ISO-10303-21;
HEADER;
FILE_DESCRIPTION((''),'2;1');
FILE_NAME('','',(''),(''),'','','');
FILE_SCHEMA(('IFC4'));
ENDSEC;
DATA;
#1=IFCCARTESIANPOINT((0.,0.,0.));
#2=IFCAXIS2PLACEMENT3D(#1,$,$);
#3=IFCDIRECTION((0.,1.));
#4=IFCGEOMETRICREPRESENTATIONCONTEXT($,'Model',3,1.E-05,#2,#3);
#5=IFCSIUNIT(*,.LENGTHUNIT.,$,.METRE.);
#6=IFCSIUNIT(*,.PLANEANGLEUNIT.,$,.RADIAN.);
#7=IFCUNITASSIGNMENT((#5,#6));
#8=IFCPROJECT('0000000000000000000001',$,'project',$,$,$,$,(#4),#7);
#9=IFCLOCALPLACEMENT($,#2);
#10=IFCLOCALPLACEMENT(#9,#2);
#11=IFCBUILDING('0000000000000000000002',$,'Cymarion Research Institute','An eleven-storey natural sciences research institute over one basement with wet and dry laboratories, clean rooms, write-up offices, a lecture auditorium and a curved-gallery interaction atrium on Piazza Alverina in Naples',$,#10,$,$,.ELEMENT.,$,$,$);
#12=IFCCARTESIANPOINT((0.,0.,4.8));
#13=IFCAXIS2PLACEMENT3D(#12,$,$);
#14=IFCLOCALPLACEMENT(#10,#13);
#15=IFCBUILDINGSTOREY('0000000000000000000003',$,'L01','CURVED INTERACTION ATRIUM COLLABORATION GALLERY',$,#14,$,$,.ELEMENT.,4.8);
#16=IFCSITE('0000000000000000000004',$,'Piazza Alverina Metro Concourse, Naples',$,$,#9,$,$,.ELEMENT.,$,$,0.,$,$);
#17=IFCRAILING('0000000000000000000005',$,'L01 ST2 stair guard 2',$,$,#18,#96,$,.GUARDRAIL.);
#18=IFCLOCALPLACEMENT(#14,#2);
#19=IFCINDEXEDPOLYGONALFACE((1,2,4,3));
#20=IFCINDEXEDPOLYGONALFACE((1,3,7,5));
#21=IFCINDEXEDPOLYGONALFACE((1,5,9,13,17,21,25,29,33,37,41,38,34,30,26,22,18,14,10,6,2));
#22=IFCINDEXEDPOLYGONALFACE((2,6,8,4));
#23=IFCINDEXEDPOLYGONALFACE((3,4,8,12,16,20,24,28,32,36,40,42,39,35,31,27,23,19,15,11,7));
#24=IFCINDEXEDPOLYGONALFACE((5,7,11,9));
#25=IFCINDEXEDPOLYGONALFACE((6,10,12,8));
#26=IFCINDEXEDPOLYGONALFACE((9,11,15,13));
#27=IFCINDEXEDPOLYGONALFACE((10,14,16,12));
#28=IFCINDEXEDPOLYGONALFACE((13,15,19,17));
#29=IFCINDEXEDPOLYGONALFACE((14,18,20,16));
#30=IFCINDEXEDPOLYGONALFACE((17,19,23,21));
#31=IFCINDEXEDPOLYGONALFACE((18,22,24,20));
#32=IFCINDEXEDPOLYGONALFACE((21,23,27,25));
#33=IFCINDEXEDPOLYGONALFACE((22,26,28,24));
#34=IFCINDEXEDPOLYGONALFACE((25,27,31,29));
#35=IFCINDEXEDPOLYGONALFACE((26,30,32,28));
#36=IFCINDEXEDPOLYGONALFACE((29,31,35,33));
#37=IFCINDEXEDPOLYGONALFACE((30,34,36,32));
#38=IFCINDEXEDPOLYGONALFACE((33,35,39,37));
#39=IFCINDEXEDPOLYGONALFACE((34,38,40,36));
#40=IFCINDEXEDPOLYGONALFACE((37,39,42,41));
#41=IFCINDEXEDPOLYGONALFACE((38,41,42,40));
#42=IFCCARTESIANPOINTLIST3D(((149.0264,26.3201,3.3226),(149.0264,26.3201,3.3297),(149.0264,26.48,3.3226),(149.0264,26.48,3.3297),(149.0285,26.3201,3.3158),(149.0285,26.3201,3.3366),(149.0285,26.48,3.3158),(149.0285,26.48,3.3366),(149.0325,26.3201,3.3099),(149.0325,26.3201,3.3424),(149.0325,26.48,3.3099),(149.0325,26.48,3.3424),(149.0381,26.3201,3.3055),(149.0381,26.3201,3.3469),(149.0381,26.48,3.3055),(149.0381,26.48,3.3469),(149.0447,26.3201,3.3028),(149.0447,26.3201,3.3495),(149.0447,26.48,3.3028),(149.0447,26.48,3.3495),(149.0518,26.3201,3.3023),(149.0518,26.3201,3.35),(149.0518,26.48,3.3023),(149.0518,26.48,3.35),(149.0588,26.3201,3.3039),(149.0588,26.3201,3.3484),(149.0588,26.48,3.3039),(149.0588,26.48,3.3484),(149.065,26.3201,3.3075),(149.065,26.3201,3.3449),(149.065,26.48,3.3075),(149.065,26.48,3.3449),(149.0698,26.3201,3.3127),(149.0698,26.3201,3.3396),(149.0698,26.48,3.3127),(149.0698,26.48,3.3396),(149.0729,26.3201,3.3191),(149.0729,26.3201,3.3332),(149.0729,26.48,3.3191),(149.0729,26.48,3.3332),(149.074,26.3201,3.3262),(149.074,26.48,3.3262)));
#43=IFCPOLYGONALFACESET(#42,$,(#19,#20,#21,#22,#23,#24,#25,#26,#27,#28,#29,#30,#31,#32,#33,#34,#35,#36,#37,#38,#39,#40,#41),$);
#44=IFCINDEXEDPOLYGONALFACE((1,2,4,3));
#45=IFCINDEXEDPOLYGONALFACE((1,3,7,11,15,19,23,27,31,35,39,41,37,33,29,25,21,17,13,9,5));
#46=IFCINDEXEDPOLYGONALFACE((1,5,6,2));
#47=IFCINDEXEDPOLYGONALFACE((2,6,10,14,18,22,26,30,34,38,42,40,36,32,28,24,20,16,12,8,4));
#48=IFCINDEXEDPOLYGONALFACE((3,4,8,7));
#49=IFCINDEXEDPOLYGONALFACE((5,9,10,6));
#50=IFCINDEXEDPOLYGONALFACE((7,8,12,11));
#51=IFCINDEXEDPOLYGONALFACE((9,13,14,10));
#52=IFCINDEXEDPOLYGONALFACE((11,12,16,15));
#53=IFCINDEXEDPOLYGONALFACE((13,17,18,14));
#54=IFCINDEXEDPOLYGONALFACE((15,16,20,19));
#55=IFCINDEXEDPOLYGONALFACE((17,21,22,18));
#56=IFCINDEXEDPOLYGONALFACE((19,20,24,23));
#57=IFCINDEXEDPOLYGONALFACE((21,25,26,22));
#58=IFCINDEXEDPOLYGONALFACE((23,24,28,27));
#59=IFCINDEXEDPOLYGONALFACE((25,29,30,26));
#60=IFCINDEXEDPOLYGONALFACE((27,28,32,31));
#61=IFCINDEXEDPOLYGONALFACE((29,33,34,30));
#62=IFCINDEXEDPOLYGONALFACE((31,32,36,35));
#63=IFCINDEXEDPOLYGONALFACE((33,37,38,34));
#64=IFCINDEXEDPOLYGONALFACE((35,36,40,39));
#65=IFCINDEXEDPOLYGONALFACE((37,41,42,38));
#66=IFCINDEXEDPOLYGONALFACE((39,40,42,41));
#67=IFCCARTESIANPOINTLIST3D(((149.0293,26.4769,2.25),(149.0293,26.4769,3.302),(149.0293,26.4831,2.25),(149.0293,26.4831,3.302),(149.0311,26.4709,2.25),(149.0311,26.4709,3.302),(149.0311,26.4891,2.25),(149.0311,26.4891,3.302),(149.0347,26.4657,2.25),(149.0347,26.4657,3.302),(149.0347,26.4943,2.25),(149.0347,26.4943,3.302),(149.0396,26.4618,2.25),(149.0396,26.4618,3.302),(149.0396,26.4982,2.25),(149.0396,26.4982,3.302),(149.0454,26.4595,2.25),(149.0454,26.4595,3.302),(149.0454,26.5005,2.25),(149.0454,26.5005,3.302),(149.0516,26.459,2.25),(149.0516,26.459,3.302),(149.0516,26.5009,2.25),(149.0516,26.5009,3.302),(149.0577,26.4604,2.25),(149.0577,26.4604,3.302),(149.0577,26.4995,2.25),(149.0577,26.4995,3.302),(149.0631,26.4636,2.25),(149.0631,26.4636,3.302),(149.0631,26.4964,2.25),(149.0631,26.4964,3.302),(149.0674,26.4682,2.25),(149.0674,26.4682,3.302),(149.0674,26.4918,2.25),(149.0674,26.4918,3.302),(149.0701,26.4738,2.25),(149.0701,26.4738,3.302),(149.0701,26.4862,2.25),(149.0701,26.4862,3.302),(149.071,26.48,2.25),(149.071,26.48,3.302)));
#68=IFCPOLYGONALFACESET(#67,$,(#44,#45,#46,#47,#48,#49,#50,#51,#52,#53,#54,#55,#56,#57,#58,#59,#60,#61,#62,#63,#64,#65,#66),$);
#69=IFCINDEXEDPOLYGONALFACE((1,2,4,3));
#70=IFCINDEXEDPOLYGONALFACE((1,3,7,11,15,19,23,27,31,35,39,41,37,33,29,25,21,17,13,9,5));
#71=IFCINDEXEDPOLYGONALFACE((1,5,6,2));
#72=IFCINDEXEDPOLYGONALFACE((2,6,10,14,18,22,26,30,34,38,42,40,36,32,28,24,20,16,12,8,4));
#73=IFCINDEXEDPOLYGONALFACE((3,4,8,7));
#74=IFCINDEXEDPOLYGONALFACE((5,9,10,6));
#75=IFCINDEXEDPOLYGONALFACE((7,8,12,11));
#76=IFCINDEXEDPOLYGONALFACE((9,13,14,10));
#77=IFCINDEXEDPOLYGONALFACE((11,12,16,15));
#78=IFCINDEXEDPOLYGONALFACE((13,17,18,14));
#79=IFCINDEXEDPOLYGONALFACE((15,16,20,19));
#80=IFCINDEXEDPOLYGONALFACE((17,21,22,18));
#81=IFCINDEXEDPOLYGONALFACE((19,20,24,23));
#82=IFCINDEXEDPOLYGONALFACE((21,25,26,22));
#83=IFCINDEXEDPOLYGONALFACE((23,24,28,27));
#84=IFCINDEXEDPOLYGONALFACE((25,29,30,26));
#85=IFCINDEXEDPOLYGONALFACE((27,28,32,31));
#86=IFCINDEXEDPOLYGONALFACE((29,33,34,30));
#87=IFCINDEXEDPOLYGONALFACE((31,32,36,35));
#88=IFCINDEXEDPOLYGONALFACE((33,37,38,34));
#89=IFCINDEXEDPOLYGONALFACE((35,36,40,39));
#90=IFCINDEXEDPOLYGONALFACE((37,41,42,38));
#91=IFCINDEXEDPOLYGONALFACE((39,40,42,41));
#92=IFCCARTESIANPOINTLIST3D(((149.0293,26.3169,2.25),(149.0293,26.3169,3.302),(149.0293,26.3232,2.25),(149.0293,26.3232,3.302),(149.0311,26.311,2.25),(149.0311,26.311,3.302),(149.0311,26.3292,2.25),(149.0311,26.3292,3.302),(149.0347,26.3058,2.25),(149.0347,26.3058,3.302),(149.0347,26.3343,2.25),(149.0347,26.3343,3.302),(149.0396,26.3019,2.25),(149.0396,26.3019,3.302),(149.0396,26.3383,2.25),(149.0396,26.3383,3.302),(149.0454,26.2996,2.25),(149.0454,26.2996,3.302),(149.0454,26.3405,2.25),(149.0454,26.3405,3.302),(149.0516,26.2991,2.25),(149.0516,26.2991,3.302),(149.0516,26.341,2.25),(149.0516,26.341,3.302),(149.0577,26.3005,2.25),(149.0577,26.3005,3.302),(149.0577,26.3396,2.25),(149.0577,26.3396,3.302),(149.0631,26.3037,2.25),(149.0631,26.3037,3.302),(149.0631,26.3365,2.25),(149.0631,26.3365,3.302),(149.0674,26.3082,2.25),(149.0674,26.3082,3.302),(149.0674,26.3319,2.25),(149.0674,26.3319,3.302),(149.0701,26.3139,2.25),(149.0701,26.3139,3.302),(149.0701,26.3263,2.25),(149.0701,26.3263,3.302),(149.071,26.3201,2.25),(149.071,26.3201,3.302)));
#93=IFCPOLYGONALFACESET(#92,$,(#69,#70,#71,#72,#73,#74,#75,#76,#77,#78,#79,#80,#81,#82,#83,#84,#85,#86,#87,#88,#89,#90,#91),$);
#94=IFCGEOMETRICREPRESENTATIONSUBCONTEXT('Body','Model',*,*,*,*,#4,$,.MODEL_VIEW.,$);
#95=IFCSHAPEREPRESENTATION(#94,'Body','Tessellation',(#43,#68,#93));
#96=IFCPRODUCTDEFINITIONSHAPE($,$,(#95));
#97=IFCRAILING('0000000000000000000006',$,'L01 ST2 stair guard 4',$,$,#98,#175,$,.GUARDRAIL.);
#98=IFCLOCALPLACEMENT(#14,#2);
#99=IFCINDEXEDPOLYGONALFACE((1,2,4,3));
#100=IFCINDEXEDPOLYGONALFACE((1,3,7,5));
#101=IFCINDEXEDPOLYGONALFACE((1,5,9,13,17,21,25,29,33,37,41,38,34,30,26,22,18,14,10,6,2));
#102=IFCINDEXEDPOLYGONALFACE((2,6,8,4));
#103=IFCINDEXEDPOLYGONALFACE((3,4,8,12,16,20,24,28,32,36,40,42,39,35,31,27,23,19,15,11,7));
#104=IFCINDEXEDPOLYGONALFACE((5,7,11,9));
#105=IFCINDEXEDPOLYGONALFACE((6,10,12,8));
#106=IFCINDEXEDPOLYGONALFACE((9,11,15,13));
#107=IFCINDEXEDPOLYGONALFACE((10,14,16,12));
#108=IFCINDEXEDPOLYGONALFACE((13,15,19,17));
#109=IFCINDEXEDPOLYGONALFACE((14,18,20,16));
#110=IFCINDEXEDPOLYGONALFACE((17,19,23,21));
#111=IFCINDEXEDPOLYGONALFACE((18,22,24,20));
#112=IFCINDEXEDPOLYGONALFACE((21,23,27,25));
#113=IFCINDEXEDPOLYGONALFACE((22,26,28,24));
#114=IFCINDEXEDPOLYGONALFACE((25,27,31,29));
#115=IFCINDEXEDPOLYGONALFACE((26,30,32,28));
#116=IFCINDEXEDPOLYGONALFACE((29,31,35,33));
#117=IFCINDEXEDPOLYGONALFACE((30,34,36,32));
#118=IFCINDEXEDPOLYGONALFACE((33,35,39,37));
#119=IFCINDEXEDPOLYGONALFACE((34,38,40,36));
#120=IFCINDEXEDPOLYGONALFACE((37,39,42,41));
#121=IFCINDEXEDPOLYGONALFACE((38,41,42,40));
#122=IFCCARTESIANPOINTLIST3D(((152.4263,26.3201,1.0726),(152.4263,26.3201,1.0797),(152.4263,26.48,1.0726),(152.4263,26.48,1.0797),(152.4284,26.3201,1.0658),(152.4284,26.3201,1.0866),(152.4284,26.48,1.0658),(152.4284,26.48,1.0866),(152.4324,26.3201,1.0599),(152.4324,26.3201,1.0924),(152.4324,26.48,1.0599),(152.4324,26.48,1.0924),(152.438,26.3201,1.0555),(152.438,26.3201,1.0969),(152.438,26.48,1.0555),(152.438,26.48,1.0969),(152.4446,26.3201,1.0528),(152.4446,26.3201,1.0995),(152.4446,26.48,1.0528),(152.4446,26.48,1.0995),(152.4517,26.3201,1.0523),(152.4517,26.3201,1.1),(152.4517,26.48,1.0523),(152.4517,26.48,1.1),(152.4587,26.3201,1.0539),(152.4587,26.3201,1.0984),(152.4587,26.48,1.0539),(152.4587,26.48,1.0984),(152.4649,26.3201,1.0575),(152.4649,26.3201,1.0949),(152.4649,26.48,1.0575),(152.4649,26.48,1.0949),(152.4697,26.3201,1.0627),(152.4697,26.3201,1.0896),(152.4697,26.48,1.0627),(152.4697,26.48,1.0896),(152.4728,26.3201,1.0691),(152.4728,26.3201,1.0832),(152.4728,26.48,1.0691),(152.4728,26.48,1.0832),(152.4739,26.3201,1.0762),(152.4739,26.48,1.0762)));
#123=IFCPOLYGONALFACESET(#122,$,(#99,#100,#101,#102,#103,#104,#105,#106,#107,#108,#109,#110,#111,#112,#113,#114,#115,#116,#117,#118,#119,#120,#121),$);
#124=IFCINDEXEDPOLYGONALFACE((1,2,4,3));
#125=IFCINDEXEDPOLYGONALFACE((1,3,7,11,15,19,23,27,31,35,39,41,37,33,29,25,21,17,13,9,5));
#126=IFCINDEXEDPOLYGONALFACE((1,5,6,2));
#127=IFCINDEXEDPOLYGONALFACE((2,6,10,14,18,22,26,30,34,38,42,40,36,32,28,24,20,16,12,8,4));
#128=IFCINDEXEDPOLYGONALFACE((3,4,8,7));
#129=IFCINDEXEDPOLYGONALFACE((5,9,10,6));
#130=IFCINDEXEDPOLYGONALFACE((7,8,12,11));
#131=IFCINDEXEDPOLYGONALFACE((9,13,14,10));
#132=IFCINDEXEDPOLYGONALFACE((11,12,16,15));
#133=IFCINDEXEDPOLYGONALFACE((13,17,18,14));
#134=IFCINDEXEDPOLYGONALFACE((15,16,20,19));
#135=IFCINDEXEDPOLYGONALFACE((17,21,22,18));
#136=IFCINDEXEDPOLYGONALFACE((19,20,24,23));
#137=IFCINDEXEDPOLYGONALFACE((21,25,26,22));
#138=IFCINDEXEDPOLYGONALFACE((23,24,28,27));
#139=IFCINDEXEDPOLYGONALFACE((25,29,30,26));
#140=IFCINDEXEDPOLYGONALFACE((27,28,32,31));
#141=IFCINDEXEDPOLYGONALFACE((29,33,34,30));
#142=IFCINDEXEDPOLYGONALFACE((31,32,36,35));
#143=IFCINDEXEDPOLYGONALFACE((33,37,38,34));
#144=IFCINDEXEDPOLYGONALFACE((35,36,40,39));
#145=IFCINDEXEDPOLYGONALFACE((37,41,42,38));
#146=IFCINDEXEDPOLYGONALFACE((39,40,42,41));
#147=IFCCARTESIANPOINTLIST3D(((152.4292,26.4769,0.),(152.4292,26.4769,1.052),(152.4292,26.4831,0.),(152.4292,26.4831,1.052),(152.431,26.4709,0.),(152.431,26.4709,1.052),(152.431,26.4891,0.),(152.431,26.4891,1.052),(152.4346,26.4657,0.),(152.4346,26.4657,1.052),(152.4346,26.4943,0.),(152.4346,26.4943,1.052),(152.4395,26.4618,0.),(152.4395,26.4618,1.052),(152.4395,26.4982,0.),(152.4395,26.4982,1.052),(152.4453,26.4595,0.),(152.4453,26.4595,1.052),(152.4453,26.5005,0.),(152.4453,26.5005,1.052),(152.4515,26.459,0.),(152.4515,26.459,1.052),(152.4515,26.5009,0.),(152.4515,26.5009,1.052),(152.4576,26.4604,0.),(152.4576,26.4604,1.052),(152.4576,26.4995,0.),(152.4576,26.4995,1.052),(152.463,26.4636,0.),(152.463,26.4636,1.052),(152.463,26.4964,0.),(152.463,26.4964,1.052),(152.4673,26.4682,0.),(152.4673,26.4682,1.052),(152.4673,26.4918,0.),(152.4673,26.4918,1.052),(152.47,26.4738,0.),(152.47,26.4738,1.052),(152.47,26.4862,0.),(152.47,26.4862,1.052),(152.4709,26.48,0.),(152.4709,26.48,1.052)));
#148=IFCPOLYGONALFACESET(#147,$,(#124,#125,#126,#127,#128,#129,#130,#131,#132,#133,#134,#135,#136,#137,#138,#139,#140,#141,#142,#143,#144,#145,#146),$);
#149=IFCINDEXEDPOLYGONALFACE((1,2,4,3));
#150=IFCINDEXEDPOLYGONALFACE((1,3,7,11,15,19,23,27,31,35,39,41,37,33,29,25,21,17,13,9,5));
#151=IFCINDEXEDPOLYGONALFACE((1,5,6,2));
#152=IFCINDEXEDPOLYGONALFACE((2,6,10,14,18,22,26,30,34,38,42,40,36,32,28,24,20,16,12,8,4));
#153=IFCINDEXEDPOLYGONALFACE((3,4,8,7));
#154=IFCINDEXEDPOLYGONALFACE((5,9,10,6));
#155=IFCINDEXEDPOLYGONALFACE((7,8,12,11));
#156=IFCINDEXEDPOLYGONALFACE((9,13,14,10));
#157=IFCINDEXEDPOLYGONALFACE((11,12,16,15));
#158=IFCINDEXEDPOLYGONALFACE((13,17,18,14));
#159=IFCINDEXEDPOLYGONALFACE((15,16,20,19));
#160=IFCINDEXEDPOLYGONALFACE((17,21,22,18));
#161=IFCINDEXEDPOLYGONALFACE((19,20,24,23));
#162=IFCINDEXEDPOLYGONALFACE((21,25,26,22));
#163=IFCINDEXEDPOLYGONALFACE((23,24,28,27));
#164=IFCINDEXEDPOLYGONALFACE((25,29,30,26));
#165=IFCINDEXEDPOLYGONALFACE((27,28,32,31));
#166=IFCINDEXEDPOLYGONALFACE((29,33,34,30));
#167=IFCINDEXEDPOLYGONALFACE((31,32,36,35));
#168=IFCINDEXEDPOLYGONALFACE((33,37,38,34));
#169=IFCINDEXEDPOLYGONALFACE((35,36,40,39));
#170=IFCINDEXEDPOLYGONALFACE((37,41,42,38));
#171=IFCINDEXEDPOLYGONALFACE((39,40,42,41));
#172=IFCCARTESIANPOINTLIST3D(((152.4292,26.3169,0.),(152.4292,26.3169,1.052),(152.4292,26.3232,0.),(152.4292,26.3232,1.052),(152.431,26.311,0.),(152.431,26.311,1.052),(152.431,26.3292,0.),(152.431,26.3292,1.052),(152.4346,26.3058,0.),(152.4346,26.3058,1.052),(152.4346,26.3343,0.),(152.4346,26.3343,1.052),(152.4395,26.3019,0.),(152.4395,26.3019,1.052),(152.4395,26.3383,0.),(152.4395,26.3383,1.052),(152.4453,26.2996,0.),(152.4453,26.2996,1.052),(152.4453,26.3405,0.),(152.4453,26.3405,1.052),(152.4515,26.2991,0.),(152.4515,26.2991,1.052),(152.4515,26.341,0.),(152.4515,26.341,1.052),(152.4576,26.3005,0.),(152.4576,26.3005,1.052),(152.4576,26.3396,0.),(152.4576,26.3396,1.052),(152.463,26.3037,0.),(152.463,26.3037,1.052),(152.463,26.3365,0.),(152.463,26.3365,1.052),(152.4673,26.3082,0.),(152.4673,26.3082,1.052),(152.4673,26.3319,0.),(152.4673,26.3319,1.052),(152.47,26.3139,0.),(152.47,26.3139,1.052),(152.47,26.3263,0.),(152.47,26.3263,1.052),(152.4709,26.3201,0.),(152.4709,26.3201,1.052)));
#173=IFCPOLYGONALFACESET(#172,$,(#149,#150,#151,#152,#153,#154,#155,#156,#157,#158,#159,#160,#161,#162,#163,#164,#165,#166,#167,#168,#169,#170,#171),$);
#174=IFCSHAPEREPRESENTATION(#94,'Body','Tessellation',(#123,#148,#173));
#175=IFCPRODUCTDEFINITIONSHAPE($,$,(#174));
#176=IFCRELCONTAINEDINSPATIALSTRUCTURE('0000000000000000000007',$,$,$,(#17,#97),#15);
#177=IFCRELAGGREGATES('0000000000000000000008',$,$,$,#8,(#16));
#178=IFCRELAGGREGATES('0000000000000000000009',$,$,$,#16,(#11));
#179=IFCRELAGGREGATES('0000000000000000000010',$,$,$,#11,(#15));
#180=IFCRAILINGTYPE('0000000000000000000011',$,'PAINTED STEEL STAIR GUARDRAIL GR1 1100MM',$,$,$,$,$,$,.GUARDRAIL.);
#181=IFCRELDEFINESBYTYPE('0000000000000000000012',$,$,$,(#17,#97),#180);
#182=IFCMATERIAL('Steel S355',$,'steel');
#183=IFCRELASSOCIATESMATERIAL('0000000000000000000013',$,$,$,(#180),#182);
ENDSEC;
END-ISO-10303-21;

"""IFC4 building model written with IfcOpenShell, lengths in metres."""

from ifc_helpers import new_model, si_unit, direction, frame, origin, origin_2d, place, context, subcontext, project, spatial, circle, extrude, material, type_object, element, save


model = new_model("IFC4")

# Units and contexts
model_context = context("Model", 3, precision=1e-05, world=origin(), true_north=direction((0.0, 1.0)))
body_context = subcontext(model_context, "Body", "Model", "MODEL_VIEW")
ifc_project = project(units=[si_unit("LENGTHUNIT", "METRE"), si_unit("PLANEANGLEUNIT", "RADIAN")], contexts=[model_context])

# Site, building, storey
site_placement = place(None, origin())
site = spatial("IfcSite", under=ifc_project, at=site_placement, Name="Piazza Alverina Metro Concourse, Naples", CompositionType="ELEMENT", RefElevation=0.0)
building_placement = place(site_placement, origin())
building = spatial("IfcBuilding", under=site, at=building_placement, Name="Cymarion Research Institute", Description="An eleven-storey natural sciences research institute over one basement with wet and dry laboratories, clean rooms, write-up offices, a lecture auditorium and a curved-gallery interaction atrium on Piazza Alverina in Naples", CompositionType="ELEMENT")
storey_placement = place(building_placement, frame((0.0, 0.0, 4.8)))
storey = spatial("IfcBuildingStorey", under=building, at=storey_placement, Name="L01", Description="CURVED INTERACTION ATRIUM COLLABORATION GALLERY", CompositionType="ELEMENT", Elevation=4.8)

# Railings
ifc_material_1 = material(Name="Steel S355", Category="steel")
railing_type_1 = type_object("IfcRailingType", Name="PAINTED STEEL STAIR GUARDRAIL GR1 1100MM", PredefinedType="GUARDRAIL", material=ifc_material_1)
for number, where, name in (
    (1, (149.05, 26.48, 2.25), "L01 ST2 stair guard 2"),
    (2, (152.45, 26.48, 0.0), "L01 ST2 stair guard 4"),
):
    element("IfcRailing", number, at=place(storey_placement, frame(where)), inside=storey, type_object=railing_type_1, Name=name, PredefinedType="GUARDRAIL", context=body_context, shape_type="SweptSolid", body=[
        extrude(circle(Radius=0.0239, at=origin_2d()), frame((0.0, 0.0, 1.0762), z_axis=(0.0, -1.0, 0.0), x_axis=(1.0, 0.0, 0.0)), (0.0, 0.0, 1.0), 0.1599),
        extrude(circle(Radius=0.021, at=origin_2d()), origin(), (0.0, 0.0, 1.0), 1.052),
        extrude(circle(Radius=0.021, at=origin_2d()), frame((0.0, -0.1599, 0.0)), (0.0, 0.0, 1.0), 1.052),
    ])

save(model, "model.ifc")
